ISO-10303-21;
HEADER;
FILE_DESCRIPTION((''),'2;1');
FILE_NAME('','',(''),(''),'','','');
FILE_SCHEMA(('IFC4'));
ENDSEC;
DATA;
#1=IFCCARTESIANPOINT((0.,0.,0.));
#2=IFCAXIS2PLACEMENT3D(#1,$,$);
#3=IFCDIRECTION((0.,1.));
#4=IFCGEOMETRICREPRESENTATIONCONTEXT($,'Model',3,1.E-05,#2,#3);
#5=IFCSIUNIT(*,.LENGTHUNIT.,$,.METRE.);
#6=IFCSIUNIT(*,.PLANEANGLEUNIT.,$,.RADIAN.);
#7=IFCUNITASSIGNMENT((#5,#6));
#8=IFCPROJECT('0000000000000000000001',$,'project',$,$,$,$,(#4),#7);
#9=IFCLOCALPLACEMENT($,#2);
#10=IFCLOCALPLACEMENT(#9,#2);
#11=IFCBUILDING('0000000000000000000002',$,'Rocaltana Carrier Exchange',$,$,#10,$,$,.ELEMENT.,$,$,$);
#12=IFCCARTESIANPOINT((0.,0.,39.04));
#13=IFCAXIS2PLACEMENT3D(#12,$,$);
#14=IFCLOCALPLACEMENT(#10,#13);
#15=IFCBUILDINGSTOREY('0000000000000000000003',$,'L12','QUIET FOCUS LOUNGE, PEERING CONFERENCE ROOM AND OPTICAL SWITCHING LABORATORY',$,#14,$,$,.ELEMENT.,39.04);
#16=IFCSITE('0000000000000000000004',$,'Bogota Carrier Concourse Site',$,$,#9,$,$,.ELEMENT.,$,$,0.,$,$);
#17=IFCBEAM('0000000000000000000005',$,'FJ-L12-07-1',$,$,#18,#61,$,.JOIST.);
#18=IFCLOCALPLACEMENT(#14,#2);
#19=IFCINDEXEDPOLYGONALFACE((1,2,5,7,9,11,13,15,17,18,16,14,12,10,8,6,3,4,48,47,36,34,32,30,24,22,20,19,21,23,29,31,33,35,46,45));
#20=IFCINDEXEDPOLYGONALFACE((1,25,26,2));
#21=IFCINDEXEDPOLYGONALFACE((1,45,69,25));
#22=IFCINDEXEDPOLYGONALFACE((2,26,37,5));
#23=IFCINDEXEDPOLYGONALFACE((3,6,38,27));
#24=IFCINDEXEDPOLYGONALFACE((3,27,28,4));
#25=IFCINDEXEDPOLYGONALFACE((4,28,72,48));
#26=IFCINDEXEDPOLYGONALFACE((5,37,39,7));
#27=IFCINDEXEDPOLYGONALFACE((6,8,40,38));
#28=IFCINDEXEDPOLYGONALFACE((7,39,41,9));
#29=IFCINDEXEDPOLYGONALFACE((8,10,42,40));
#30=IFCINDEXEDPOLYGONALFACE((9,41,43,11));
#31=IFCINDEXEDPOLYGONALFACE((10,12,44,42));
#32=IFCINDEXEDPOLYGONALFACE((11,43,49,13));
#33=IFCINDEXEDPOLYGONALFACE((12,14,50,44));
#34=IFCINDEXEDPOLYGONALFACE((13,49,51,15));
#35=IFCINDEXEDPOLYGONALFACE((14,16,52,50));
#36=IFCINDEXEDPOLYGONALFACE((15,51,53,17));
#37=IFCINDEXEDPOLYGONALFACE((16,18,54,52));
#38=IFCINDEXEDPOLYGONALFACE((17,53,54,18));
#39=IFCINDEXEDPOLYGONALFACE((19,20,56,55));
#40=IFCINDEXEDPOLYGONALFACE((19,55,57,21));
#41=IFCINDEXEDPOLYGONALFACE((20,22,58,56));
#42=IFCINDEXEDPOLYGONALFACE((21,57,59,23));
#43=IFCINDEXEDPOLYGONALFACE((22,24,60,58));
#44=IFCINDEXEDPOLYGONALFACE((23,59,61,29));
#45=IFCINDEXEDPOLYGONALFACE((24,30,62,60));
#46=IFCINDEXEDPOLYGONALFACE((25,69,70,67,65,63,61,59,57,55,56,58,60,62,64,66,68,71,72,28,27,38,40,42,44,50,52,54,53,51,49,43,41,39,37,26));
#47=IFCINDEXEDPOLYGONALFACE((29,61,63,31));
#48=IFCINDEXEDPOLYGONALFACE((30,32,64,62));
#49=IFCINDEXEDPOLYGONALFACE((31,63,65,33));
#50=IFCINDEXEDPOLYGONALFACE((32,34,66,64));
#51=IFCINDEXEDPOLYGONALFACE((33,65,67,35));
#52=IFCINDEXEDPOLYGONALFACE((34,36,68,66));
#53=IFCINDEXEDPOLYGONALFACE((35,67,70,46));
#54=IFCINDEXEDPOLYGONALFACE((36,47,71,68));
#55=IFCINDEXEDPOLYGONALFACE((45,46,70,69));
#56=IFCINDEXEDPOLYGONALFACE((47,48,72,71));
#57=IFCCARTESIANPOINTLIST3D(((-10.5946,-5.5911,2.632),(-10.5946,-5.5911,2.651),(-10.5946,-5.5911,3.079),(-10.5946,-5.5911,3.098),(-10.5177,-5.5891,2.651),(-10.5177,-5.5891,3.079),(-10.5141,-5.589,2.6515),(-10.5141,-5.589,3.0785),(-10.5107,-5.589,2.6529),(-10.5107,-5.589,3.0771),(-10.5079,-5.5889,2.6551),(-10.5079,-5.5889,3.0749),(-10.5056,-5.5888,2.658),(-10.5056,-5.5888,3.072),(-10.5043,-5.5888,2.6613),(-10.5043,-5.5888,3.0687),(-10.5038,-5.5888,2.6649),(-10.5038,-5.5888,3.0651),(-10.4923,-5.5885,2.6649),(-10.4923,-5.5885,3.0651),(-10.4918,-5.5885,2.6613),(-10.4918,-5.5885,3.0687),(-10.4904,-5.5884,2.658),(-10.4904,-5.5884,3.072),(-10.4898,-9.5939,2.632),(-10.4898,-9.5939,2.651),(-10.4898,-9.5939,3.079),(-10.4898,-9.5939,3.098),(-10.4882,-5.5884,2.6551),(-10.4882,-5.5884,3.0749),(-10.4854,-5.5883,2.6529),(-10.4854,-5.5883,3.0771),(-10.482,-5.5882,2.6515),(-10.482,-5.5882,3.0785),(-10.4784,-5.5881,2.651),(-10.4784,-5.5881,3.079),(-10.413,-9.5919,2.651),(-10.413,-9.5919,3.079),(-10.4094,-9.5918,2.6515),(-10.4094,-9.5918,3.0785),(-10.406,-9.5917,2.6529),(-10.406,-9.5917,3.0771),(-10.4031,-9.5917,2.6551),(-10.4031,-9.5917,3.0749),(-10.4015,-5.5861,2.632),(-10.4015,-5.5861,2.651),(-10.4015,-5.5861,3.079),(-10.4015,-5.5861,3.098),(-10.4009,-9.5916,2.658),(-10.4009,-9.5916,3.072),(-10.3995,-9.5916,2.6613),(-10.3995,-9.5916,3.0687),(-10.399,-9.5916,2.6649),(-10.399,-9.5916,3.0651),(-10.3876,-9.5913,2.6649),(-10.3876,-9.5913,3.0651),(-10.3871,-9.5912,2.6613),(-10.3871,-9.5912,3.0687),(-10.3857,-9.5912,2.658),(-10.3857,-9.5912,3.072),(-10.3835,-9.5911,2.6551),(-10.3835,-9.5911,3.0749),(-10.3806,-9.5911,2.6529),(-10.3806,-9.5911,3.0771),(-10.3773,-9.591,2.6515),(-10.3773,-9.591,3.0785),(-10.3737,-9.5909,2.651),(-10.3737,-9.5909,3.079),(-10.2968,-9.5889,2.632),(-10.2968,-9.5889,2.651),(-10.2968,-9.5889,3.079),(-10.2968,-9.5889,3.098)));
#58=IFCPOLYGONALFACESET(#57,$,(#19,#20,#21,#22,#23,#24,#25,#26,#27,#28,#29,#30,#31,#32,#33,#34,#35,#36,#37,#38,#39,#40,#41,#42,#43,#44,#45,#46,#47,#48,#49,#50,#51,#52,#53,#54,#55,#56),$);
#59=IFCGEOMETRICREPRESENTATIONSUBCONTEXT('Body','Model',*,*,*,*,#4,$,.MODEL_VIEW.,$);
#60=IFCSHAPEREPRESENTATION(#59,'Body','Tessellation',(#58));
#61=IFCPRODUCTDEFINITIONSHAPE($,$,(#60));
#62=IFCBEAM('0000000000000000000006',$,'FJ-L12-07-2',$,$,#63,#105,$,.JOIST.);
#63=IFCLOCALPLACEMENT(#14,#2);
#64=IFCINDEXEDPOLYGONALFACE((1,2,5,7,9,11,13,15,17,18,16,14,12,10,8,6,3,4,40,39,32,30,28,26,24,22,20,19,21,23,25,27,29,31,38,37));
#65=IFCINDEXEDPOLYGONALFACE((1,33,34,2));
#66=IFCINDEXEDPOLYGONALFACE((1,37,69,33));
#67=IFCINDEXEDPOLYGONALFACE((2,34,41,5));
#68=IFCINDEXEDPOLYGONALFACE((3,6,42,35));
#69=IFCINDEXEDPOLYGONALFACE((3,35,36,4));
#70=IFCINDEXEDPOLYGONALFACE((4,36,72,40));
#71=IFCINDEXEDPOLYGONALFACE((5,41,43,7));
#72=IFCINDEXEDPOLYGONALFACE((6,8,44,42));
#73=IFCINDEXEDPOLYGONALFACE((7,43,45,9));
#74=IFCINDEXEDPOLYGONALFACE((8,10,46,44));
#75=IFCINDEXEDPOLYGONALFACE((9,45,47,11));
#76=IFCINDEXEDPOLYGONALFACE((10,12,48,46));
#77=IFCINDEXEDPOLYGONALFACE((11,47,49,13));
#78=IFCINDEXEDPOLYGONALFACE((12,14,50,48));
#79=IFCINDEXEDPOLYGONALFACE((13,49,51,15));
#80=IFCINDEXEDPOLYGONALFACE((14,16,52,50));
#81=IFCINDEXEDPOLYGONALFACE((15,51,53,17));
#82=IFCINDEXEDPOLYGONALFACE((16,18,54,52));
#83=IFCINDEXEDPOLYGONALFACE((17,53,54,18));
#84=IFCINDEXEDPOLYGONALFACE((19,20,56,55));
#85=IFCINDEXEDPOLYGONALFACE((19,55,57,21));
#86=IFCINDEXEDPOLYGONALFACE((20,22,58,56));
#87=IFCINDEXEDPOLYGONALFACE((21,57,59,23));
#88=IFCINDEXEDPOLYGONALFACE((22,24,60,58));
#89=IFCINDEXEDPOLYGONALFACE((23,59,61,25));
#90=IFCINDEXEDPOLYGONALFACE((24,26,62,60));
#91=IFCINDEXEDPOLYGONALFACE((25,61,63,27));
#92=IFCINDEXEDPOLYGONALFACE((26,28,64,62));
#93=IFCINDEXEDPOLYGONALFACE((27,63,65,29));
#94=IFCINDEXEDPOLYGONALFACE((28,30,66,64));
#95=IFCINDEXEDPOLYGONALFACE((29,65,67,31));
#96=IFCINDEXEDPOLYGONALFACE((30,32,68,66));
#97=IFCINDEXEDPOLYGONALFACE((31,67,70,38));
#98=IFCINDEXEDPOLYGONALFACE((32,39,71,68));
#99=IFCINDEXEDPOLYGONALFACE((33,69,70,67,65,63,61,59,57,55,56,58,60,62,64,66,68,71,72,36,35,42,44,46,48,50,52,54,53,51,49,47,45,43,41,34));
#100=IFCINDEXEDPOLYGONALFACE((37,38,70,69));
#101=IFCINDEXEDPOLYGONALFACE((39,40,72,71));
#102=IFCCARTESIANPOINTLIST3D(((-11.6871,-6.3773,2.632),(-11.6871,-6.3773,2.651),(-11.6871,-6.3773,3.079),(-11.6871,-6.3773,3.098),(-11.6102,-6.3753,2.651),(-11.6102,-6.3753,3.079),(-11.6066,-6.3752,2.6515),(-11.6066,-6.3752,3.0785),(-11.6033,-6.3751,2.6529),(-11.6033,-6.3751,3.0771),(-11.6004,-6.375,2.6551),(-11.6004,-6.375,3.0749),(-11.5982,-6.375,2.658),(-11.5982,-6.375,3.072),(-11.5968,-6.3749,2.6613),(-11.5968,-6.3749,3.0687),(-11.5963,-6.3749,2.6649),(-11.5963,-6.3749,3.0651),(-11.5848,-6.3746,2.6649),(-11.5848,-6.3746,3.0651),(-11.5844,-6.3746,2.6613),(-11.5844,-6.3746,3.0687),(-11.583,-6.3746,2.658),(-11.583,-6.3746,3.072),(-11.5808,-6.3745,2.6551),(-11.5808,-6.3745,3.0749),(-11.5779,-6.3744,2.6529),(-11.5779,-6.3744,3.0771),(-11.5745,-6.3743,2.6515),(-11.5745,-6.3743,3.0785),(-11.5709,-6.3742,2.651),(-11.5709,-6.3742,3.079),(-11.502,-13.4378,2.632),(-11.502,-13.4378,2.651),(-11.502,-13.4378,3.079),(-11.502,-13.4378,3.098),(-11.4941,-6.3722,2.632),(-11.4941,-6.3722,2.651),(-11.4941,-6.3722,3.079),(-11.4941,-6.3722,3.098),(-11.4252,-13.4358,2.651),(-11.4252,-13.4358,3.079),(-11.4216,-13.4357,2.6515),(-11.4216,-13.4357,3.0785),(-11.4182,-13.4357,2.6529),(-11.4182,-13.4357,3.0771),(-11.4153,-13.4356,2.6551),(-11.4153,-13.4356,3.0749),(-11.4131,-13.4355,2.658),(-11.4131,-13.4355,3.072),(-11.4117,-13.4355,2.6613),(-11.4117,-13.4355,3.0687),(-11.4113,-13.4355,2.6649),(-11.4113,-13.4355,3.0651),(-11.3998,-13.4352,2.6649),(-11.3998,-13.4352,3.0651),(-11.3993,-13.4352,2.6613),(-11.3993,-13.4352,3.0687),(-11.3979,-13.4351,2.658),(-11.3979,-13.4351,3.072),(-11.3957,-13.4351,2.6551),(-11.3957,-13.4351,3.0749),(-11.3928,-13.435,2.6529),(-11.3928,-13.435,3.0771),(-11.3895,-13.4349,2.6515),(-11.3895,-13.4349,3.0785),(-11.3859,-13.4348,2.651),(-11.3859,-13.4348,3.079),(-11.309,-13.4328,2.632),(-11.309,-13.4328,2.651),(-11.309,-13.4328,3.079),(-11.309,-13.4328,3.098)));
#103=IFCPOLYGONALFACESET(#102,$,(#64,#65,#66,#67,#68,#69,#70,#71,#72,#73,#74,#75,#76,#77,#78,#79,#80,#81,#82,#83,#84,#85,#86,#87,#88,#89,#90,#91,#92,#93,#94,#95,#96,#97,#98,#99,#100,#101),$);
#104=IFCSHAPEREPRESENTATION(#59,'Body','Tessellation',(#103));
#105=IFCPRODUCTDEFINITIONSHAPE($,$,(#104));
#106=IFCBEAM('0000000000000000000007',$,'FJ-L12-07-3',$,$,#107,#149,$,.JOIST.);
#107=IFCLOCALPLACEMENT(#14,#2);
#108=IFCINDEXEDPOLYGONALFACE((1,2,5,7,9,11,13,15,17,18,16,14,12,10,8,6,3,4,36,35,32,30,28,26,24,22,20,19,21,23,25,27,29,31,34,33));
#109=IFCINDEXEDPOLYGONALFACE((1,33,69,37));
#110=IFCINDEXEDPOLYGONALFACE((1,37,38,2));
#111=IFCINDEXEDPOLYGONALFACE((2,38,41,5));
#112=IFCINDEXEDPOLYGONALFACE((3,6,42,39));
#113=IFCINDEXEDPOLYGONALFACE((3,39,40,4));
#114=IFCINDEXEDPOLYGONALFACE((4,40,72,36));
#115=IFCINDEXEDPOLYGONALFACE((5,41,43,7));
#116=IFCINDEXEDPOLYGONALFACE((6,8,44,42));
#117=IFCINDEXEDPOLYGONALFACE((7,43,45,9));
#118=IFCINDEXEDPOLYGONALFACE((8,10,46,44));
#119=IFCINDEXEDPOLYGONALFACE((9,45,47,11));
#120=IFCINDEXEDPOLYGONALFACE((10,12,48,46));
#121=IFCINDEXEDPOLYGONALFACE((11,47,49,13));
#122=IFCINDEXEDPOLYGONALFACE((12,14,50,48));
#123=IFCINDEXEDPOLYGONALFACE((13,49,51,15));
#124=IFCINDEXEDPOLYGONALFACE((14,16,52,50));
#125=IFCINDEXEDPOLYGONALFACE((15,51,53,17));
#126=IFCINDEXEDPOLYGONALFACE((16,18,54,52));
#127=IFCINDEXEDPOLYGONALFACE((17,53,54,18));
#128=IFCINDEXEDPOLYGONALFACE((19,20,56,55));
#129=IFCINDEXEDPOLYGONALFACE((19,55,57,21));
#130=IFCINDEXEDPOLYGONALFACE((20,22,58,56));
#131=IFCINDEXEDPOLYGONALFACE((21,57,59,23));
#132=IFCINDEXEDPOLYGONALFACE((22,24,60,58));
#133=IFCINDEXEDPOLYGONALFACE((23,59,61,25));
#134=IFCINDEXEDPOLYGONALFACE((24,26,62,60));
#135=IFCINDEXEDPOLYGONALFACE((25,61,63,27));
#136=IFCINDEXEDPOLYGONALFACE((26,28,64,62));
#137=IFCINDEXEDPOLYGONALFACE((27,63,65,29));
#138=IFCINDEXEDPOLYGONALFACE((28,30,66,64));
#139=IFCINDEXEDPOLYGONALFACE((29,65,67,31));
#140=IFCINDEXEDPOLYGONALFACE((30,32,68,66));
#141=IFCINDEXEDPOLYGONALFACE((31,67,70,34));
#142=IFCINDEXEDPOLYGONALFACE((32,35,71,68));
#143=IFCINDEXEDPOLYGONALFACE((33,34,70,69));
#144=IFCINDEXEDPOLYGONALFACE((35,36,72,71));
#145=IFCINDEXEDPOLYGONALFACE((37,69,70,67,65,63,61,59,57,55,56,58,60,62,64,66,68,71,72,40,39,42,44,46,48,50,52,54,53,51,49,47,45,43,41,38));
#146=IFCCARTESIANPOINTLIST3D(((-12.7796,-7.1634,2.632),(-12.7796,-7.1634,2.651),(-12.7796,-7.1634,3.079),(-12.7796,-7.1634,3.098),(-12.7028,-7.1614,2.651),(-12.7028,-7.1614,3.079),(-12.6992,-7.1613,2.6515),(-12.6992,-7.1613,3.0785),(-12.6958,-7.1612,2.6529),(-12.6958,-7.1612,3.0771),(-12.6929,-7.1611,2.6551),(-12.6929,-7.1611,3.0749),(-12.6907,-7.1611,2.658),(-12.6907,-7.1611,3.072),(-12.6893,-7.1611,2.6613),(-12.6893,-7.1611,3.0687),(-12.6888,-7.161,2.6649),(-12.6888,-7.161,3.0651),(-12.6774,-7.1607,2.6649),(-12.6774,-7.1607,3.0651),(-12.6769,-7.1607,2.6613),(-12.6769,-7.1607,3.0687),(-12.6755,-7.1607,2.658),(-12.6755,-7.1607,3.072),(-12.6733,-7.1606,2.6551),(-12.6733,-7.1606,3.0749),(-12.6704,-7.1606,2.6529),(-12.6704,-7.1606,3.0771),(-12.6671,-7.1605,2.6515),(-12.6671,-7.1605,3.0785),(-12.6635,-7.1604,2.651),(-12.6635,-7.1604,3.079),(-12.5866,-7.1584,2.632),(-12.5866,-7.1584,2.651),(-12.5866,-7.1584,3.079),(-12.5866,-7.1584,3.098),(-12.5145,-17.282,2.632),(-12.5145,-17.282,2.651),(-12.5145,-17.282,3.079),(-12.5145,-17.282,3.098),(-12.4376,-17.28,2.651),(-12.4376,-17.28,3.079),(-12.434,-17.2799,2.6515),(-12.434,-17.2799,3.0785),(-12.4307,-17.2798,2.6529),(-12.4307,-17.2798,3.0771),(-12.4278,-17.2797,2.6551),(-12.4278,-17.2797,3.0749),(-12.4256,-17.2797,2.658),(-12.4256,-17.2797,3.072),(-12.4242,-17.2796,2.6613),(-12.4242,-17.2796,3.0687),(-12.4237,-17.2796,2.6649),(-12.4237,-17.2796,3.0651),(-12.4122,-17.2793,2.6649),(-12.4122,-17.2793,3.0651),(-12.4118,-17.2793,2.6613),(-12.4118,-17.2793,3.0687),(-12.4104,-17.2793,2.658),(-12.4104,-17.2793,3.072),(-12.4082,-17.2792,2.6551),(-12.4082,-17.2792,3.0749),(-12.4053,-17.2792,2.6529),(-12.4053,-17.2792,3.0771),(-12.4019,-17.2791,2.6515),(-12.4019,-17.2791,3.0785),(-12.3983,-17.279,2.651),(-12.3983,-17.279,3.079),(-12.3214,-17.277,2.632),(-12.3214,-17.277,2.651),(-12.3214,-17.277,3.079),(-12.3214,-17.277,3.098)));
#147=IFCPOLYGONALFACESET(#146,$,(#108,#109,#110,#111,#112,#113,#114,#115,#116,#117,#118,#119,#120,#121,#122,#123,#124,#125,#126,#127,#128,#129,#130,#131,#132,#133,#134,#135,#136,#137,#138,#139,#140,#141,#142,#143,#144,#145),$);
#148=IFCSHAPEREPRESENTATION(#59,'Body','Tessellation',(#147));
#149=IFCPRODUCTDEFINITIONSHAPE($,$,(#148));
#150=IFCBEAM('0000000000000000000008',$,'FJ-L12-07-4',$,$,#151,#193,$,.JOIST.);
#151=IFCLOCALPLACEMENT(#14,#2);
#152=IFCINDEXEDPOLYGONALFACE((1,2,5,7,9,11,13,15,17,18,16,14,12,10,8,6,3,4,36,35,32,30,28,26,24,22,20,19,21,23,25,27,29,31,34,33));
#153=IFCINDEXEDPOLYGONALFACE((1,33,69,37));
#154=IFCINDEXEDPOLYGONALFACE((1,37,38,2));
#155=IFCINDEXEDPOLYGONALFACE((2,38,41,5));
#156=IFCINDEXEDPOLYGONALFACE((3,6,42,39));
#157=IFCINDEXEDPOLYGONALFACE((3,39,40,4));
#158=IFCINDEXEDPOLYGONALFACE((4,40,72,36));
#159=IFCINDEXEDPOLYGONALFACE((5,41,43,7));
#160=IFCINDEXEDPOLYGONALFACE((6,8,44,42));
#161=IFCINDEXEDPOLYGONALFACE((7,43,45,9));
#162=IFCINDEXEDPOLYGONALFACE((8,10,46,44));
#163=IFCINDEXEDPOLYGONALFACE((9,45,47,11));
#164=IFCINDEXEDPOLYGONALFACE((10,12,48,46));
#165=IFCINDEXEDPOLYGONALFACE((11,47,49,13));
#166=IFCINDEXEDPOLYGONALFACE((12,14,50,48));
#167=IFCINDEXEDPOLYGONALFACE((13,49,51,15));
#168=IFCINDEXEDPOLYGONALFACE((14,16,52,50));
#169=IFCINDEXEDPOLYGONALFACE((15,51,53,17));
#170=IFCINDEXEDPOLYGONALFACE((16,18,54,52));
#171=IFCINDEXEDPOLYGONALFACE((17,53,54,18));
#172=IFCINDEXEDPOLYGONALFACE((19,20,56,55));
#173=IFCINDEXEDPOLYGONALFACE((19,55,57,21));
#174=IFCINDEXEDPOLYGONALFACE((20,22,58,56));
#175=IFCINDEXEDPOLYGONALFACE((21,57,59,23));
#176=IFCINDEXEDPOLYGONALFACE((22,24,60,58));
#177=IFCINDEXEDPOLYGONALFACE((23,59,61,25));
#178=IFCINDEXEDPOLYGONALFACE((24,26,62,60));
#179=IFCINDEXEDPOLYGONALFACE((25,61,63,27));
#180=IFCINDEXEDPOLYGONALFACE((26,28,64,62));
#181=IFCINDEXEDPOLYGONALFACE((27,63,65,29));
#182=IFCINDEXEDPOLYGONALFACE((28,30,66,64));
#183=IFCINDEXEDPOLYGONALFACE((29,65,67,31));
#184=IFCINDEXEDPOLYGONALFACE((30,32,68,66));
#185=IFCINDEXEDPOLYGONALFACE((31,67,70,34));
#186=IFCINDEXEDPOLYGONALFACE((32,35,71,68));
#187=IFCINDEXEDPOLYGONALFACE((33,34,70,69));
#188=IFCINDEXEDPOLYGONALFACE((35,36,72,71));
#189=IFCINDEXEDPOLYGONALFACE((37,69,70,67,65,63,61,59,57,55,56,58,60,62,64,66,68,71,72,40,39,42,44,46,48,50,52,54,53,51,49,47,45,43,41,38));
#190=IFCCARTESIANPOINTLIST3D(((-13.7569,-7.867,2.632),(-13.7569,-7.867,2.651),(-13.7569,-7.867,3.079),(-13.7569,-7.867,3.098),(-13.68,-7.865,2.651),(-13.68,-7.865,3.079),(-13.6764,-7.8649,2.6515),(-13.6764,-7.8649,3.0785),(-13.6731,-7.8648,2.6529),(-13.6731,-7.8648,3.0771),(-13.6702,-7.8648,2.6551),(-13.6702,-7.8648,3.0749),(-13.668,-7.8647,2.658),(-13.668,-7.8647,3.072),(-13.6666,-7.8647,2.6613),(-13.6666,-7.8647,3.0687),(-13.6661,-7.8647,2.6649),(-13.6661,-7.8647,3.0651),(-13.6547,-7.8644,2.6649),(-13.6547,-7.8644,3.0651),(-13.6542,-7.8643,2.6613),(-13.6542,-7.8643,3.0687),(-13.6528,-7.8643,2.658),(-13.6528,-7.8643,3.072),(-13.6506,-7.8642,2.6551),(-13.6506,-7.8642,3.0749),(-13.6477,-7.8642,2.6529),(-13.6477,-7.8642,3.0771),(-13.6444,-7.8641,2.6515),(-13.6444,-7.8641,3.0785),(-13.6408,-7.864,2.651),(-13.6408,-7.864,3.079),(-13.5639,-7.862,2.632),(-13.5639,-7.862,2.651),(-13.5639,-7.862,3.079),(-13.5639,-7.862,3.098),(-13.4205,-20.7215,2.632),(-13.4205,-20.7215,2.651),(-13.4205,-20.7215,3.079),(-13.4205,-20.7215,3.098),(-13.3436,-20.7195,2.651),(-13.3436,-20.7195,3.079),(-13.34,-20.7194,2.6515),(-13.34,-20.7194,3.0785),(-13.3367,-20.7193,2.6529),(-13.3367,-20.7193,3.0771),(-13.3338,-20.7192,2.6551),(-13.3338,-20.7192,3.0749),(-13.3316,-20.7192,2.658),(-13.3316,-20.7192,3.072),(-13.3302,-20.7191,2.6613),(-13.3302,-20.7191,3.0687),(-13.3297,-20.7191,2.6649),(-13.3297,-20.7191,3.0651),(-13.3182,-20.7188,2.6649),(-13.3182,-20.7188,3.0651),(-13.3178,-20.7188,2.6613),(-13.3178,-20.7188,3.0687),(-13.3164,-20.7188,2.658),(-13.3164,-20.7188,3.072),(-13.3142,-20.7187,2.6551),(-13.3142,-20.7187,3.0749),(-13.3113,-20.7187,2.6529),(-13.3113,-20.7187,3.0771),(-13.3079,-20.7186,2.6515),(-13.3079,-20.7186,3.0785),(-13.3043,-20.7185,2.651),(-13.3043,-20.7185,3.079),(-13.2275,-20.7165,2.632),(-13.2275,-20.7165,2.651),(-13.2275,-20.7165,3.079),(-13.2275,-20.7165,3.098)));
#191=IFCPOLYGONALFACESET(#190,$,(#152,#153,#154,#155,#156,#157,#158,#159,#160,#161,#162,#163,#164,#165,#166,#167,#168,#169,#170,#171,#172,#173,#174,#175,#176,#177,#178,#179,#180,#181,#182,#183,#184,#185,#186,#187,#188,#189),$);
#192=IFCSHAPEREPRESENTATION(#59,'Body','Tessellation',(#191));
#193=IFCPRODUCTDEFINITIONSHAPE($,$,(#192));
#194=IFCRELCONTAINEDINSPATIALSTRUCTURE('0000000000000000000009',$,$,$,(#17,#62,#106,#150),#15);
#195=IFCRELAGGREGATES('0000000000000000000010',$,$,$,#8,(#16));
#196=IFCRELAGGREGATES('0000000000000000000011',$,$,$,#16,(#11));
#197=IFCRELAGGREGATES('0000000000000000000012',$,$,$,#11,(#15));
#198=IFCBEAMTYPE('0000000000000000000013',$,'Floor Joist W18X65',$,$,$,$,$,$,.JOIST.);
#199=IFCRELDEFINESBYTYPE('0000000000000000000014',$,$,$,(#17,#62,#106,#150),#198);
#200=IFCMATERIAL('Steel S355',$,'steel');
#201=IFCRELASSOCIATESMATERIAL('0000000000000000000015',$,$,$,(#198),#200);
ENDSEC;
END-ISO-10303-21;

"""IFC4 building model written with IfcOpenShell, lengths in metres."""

from ifc_helpers import new_model, si_unit, direction, frame, origin, origin_2d, place, context, subcontext, project, spatial, i_section, extrude, material, material_profile, profile_set, type_object, element, save


model = new_model("IFC4")

# Units and contexts
model_context = context("Model", 3, precision=1e-05, world=origin(), true_north=direction((0.0, 1.0)))
body_context = subcontext(model_context, "Body", "Model", "MODEL_VIEW")
ifc_project = project(units=[si_unit("LENGTHUNIT", "METRE"), si_unit("PLANEANGLEUNIT", "RADIAN")], contexts=[model_context])

# Site, building, storey
site_placement = place(None, origin())
site = spatial("IfcSite", under=ifc_project, at=site_placement, Name="Bogota Carrier Concourse Site", CompositionType="ELEMENT", RefElevation=0.0)
building_placement = place(site_placement, origin())
building = spatial("IfcBuilding", under=site, at=building_placement, Name="Rocaltana Carrier Exchange", CompositionType="ELEMENT")
storey_placement = place(building_placement, frame((0.0, 0.0, 39.04)))
storey = spatial("IfcBuildingStorey", under=building, at=storey_placement, Name="L12", Description="QUIET FOCUS LOUNGE, PEERING CONFERENCE ROOM AND OPTICAL SWITCHING LABORATORY", CompositionType="ELEMENT", Elevation=39.04)

# Beams
ifc_material_1 = material(Name="Steel S355", Category="steel")
ifc_material_profile_1 = material_profile(ifc_material_1, i_section(OverallWidth=0.1931, OverallDepth=0.4661, WebThickness=0.0115, FlangeThickness=0.019, FilletRadius=0.0139, at=origin_2d()), Name="W18X65")
ifc_profile_set_1 = profile_set([ifc_material_profile_1], Name="Steel S355")
beam_type_1 = type_object("IfcBeamType", Name="Floor Joist W18X65", PredefinedType="JOIST", material=ifc_profile_set_1)
beam_1_placement = place(storey_placement, frame((-10.498, -5.5886, 2.865), z_axis=(0.026158, -0.999658, 0.0), x_axis=(0.999658, 0.026158, 0.0)))
element("IfcBeam", 1, at=beam_1_placement, inside=storey, type_object=beam_type_1, Name="FJ-L12-07-1", PredefinedType="JOIST", context=body_context, shape_type="SweptSolid", body=[
    extrude(i_section(OverallWidth=0.1931, OverallDepth=0.4661, WebThickness=0.0115, FlangeThickness=0.019, FilletRadius=0.0139, at=origin_2d()), origin(), (0.0, 0.0, 1.0), 4.0042),
])
beam_2_placement = place(storey_placement, frame((-11.5906, -6.3748, 2.865), z_axis=(0.026201, -0.999657, 0.0), x_axis=(0.999657, 0.026201, 0.0)))
element("IfcBeam", 2, at=beam_2_placement, inside=storey, type_object=beam_type_1, Name="FJ-L12-07-2", PredefinedType="JOIST", context=body_context, shape_type="SweptSolid", body=[
    extrude(i_section(OverallWidth=0.1931, OverallDepth=0.4661, WebThickness=0.0115, FlangeThickness=0.019, FilletRadius=0.0139, at=origin_2d()), origin(), (0.0, 0.0, 1.0), 7.063),
])
beam_3_placement = place(storey_placement, frame((-12.6831, -7.1609, 2.865), z_axis=(0.026194, -0.999657, 0.0), x_axis=(0.999657, 0.026194, 0.0)))
element("IfcBeam", 3, at=beam_3_placement, inside=storey, type_object=beam_type_1, Name="FJ-L12-07-3", PredefinedType="JOIST", context=body_context, shape_type="SweptSolid", body=[
    extrude(i_section(OverallWidth=0.1931, OverallDepth=0.4661, WebThickness=0.0115, FlangeThickness=0.019, FilletRadius=0.0139, at=origin_2d()), origin(), (0.0, 0.0, 1.0), 10.1221),
])
beam_4_placement = place(storey_placement, frame((-13.6604, -7.8645, 2.865), z_axis=(0.026163, -0.999658, 0.0), x_axis=(0.999658, 0.026163, 0.0)))
element("IfcBeam", 4, at=beam_4_placement, inside=storey, type_object=beam_type_1, Name="FJ-L12-07-4", PredefinedType="JOIST", context=body_context, shape_type="SweptSolid", body=[
    extrude(i_section(OverallWidth=0.1931, OverallDepth=0.4661, WebThickness=0.0115, FlangeThickness=0.019, FilletRadius=0.0139, at=origin_2d()), origin(), (0.0, 0.0, 1.0), 12.8589),
])

save(model, "model.ifc")
